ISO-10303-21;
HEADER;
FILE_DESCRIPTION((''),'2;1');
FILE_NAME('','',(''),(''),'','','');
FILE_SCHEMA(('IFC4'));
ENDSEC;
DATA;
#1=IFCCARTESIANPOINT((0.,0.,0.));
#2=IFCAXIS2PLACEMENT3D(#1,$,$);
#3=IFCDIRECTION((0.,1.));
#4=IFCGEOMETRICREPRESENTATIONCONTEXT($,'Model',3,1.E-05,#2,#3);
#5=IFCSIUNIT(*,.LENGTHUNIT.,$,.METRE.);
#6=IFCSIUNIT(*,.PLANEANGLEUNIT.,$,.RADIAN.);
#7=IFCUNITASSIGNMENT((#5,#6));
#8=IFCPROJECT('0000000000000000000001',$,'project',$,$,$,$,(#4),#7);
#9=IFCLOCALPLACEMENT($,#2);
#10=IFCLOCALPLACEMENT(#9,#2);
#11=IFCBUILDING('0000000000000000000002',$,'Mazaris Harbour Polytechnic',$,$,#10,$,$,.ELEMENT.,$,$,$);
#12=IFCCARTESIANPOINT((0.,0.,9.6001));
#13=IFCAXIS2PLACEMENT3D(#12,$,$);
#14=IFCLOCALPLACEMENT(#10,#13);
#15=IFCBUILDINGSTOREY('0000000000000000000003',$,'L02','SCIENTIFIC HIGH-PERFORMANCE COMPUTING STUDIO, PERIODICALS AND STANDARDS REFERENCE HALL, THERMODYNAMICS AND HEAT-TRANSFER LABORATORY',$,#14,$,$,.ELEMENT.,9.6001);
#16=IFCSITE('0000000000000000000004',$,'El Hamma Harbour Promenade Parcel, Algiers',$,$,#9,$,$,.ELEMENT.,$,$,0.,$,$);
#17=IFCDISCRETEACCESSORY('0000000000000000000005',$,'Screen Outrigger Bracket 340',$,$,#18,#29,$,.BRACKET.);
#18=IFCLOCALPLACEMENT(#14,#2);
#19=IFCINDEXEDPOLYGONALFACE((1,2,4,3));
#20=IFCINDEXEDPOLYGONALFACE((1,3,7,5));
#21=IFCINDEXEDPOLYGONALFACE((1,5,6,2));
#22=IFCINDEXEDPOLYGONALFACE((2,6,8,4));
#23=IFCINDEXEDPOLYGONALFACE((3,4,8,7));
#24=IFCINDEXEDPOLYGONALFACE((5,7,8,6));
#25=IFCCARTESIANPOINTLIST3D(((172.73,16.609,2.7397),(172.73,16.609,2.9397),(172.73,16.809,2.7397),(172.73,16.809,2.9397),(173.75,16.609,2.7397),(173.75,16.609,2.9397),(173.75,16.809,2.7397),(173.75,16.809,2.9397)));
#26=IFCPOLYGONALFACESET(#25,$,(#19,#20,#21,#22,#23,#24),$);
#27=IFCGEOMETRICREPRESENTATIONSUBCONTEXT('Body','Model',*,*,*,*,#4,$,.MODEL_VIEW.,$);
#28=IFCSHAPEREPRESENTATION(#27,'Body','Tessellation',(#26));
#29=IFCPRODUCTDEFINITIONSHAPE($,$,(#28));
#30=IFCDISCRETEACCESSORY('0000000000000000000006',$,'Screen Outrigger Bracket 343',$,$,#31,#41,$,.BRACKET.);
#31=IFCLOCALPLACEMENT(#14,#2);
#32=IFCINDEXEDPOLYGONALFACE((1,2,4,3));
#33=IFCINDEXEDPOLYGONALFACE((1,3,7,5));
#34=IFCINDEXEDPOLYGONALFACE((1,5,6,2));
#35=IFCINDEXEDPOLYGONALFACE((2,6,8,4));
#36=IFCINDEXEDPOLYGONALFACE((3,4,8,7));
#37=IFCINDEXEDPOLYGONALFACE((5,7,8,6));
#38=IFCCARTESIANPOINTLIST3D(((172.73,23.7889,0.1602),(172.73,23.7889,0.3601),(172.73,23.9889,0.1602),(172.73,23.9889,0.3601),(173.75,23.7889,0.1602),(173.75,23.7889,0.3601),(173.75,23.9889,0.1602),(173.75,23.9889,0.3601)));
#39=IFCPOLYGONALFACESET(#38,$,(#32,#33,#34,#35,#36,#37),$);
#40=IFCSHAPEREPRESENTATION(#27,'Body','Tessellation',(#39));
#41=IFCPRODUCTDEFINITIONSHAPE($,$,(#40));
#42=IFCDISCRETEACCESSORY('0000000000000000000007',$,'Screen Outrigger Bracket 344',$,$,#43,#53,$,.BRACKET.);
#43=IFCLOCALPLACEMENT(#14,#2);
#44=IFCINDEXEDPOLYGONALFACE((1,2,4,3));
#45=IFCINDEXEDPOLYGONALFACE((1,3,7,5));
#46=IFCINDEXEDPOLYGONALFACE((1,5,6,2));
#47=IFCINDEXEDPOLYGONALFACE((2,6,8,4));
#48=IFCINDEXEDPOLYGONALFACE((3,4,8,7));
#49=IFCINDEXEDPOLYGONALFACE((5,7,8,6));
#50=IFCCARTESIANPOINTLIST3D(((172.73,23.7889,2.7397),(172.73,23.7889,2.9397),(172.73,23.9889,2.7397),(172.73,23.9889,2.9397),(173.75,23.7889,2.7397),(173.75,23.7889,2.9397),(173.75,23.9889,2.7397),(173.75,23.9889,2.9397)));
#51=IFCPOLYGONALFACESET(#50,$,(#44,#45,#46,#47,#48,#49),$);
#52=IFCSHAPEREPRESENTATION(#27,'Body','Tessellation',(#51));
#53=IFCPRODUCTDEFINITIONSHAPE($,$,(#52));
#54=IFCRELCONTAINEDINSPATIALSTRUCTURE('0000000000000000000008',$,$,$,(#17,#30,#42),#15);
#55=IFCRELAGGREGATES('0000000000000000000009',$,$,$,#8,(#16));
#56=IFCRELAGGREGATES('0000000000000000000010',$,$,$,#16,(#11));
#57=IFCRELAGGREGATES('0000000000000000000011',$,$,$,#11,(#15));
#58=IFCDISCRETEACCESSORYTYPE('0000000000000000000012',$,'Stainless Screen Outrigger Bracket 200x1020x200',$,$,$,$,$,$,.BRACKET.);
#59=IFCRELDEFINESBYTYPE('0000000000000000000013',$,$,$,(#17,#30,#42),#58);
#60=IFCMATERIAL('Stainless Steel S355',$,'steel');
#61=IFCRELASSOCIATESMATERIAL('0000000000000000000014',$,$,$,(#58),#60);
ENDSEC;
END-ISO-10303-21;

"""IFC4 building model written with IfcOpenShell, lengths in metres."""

from ifc_helpers import new_model, si_unit, direction, frame, origin, origin_2d, place, context, subcontext, project, spatial, rectangle, extrude, material, type_object, element, save


model = new_model("IFC4")

# Units and contexts
model_context = context("Model", 3, precision=1e-05, world=origin(), true_north=direction((0.0, 1.0)))
body_context = subcontext(model_context, "Body", "Model", "MODEL_VIEW")
ifc_project = project(units=[si_unit("LENGTHUNIT", "METRE"), si_unit("PLANEANGLEUNIT", "RADIAN")], contexts=[model_context])

# Site, building, storey
site_placement = place(None, origin())
site = spatial("IfcSite", under=ifc_project, at=site_placement, Name="El Hamma Harbour Promenade Parcel, Algiers", CompositionType="ELEMENT", RefElevation=0.0)
building_placement = place(site_placement, origin())
building = spatial("IfcBuilding", under=site, at=building_placement, Name="Mazaris Harbour Polytechnic", CompositionType="ELEMENT")
storey_placement = place(building_placement, frame((0.0, 0.0, 9.6001)))
storey = spatial("IfcBuildingStorey", under=building, at=storey_placement, Name="L02", Description="SCIENTIFIC HIGH-PERFORMANCE COMPUTING STUDIO, PERIODICALS AND STANDARDS REFERENCE HALL, THERMODYNAMICS AND HEAT-TRANSFER LABORATORY", CompositionType="ELEMENT", Elevation=9.6001)

# Discrete accessories
ifc_material_1 = material(Name="Stainless Steel S355", Category="steel")
discrete_accessory_type = type_object("IfcDiscreteAccessoryType", Name="Stainless Screen Outrigger Bracket 200x1020x200", PredefinedType="BRACKET", material=ifc_material_1)
for number, where, z_axis, x_axis, name in (
    (1, (173.24, 16.709, 2.7397), (0.0, 0.0, 1.0), (0.0, -1.0, 0.0), "Screen Outrigger Bracket 340"),
    (2, (173.24, 23.8889, 0.1602), (0.0, 0.0, 1.0), (0.0, -1.0, 0.0), "Screen Outrigger Bracket 343"),
    (3, (173.24, 23.8889, 2.7397), (0.0, 0.0, 1.0), (0.0, -1.0, 0.0), "Screen Outrigger Bracket 344"),
):
    element("IfcDiscreteAccessory", number, at=place(storey_placement, frame(where, z_axis=z_axis, x_axis=x_axis)), inside=storey, type_object=discrete_accessory_type, Name=name, PredefinedType="BRACKET", context=body_context, shape_type="SweptSolid", body=[
        extrude(rectangle(XDim=0.2, YDim=1.02, at=origin_2d()), origin(), (0.0, 0.0, 1.0), 0.2),
    ])

save(model, "model.ifc")
